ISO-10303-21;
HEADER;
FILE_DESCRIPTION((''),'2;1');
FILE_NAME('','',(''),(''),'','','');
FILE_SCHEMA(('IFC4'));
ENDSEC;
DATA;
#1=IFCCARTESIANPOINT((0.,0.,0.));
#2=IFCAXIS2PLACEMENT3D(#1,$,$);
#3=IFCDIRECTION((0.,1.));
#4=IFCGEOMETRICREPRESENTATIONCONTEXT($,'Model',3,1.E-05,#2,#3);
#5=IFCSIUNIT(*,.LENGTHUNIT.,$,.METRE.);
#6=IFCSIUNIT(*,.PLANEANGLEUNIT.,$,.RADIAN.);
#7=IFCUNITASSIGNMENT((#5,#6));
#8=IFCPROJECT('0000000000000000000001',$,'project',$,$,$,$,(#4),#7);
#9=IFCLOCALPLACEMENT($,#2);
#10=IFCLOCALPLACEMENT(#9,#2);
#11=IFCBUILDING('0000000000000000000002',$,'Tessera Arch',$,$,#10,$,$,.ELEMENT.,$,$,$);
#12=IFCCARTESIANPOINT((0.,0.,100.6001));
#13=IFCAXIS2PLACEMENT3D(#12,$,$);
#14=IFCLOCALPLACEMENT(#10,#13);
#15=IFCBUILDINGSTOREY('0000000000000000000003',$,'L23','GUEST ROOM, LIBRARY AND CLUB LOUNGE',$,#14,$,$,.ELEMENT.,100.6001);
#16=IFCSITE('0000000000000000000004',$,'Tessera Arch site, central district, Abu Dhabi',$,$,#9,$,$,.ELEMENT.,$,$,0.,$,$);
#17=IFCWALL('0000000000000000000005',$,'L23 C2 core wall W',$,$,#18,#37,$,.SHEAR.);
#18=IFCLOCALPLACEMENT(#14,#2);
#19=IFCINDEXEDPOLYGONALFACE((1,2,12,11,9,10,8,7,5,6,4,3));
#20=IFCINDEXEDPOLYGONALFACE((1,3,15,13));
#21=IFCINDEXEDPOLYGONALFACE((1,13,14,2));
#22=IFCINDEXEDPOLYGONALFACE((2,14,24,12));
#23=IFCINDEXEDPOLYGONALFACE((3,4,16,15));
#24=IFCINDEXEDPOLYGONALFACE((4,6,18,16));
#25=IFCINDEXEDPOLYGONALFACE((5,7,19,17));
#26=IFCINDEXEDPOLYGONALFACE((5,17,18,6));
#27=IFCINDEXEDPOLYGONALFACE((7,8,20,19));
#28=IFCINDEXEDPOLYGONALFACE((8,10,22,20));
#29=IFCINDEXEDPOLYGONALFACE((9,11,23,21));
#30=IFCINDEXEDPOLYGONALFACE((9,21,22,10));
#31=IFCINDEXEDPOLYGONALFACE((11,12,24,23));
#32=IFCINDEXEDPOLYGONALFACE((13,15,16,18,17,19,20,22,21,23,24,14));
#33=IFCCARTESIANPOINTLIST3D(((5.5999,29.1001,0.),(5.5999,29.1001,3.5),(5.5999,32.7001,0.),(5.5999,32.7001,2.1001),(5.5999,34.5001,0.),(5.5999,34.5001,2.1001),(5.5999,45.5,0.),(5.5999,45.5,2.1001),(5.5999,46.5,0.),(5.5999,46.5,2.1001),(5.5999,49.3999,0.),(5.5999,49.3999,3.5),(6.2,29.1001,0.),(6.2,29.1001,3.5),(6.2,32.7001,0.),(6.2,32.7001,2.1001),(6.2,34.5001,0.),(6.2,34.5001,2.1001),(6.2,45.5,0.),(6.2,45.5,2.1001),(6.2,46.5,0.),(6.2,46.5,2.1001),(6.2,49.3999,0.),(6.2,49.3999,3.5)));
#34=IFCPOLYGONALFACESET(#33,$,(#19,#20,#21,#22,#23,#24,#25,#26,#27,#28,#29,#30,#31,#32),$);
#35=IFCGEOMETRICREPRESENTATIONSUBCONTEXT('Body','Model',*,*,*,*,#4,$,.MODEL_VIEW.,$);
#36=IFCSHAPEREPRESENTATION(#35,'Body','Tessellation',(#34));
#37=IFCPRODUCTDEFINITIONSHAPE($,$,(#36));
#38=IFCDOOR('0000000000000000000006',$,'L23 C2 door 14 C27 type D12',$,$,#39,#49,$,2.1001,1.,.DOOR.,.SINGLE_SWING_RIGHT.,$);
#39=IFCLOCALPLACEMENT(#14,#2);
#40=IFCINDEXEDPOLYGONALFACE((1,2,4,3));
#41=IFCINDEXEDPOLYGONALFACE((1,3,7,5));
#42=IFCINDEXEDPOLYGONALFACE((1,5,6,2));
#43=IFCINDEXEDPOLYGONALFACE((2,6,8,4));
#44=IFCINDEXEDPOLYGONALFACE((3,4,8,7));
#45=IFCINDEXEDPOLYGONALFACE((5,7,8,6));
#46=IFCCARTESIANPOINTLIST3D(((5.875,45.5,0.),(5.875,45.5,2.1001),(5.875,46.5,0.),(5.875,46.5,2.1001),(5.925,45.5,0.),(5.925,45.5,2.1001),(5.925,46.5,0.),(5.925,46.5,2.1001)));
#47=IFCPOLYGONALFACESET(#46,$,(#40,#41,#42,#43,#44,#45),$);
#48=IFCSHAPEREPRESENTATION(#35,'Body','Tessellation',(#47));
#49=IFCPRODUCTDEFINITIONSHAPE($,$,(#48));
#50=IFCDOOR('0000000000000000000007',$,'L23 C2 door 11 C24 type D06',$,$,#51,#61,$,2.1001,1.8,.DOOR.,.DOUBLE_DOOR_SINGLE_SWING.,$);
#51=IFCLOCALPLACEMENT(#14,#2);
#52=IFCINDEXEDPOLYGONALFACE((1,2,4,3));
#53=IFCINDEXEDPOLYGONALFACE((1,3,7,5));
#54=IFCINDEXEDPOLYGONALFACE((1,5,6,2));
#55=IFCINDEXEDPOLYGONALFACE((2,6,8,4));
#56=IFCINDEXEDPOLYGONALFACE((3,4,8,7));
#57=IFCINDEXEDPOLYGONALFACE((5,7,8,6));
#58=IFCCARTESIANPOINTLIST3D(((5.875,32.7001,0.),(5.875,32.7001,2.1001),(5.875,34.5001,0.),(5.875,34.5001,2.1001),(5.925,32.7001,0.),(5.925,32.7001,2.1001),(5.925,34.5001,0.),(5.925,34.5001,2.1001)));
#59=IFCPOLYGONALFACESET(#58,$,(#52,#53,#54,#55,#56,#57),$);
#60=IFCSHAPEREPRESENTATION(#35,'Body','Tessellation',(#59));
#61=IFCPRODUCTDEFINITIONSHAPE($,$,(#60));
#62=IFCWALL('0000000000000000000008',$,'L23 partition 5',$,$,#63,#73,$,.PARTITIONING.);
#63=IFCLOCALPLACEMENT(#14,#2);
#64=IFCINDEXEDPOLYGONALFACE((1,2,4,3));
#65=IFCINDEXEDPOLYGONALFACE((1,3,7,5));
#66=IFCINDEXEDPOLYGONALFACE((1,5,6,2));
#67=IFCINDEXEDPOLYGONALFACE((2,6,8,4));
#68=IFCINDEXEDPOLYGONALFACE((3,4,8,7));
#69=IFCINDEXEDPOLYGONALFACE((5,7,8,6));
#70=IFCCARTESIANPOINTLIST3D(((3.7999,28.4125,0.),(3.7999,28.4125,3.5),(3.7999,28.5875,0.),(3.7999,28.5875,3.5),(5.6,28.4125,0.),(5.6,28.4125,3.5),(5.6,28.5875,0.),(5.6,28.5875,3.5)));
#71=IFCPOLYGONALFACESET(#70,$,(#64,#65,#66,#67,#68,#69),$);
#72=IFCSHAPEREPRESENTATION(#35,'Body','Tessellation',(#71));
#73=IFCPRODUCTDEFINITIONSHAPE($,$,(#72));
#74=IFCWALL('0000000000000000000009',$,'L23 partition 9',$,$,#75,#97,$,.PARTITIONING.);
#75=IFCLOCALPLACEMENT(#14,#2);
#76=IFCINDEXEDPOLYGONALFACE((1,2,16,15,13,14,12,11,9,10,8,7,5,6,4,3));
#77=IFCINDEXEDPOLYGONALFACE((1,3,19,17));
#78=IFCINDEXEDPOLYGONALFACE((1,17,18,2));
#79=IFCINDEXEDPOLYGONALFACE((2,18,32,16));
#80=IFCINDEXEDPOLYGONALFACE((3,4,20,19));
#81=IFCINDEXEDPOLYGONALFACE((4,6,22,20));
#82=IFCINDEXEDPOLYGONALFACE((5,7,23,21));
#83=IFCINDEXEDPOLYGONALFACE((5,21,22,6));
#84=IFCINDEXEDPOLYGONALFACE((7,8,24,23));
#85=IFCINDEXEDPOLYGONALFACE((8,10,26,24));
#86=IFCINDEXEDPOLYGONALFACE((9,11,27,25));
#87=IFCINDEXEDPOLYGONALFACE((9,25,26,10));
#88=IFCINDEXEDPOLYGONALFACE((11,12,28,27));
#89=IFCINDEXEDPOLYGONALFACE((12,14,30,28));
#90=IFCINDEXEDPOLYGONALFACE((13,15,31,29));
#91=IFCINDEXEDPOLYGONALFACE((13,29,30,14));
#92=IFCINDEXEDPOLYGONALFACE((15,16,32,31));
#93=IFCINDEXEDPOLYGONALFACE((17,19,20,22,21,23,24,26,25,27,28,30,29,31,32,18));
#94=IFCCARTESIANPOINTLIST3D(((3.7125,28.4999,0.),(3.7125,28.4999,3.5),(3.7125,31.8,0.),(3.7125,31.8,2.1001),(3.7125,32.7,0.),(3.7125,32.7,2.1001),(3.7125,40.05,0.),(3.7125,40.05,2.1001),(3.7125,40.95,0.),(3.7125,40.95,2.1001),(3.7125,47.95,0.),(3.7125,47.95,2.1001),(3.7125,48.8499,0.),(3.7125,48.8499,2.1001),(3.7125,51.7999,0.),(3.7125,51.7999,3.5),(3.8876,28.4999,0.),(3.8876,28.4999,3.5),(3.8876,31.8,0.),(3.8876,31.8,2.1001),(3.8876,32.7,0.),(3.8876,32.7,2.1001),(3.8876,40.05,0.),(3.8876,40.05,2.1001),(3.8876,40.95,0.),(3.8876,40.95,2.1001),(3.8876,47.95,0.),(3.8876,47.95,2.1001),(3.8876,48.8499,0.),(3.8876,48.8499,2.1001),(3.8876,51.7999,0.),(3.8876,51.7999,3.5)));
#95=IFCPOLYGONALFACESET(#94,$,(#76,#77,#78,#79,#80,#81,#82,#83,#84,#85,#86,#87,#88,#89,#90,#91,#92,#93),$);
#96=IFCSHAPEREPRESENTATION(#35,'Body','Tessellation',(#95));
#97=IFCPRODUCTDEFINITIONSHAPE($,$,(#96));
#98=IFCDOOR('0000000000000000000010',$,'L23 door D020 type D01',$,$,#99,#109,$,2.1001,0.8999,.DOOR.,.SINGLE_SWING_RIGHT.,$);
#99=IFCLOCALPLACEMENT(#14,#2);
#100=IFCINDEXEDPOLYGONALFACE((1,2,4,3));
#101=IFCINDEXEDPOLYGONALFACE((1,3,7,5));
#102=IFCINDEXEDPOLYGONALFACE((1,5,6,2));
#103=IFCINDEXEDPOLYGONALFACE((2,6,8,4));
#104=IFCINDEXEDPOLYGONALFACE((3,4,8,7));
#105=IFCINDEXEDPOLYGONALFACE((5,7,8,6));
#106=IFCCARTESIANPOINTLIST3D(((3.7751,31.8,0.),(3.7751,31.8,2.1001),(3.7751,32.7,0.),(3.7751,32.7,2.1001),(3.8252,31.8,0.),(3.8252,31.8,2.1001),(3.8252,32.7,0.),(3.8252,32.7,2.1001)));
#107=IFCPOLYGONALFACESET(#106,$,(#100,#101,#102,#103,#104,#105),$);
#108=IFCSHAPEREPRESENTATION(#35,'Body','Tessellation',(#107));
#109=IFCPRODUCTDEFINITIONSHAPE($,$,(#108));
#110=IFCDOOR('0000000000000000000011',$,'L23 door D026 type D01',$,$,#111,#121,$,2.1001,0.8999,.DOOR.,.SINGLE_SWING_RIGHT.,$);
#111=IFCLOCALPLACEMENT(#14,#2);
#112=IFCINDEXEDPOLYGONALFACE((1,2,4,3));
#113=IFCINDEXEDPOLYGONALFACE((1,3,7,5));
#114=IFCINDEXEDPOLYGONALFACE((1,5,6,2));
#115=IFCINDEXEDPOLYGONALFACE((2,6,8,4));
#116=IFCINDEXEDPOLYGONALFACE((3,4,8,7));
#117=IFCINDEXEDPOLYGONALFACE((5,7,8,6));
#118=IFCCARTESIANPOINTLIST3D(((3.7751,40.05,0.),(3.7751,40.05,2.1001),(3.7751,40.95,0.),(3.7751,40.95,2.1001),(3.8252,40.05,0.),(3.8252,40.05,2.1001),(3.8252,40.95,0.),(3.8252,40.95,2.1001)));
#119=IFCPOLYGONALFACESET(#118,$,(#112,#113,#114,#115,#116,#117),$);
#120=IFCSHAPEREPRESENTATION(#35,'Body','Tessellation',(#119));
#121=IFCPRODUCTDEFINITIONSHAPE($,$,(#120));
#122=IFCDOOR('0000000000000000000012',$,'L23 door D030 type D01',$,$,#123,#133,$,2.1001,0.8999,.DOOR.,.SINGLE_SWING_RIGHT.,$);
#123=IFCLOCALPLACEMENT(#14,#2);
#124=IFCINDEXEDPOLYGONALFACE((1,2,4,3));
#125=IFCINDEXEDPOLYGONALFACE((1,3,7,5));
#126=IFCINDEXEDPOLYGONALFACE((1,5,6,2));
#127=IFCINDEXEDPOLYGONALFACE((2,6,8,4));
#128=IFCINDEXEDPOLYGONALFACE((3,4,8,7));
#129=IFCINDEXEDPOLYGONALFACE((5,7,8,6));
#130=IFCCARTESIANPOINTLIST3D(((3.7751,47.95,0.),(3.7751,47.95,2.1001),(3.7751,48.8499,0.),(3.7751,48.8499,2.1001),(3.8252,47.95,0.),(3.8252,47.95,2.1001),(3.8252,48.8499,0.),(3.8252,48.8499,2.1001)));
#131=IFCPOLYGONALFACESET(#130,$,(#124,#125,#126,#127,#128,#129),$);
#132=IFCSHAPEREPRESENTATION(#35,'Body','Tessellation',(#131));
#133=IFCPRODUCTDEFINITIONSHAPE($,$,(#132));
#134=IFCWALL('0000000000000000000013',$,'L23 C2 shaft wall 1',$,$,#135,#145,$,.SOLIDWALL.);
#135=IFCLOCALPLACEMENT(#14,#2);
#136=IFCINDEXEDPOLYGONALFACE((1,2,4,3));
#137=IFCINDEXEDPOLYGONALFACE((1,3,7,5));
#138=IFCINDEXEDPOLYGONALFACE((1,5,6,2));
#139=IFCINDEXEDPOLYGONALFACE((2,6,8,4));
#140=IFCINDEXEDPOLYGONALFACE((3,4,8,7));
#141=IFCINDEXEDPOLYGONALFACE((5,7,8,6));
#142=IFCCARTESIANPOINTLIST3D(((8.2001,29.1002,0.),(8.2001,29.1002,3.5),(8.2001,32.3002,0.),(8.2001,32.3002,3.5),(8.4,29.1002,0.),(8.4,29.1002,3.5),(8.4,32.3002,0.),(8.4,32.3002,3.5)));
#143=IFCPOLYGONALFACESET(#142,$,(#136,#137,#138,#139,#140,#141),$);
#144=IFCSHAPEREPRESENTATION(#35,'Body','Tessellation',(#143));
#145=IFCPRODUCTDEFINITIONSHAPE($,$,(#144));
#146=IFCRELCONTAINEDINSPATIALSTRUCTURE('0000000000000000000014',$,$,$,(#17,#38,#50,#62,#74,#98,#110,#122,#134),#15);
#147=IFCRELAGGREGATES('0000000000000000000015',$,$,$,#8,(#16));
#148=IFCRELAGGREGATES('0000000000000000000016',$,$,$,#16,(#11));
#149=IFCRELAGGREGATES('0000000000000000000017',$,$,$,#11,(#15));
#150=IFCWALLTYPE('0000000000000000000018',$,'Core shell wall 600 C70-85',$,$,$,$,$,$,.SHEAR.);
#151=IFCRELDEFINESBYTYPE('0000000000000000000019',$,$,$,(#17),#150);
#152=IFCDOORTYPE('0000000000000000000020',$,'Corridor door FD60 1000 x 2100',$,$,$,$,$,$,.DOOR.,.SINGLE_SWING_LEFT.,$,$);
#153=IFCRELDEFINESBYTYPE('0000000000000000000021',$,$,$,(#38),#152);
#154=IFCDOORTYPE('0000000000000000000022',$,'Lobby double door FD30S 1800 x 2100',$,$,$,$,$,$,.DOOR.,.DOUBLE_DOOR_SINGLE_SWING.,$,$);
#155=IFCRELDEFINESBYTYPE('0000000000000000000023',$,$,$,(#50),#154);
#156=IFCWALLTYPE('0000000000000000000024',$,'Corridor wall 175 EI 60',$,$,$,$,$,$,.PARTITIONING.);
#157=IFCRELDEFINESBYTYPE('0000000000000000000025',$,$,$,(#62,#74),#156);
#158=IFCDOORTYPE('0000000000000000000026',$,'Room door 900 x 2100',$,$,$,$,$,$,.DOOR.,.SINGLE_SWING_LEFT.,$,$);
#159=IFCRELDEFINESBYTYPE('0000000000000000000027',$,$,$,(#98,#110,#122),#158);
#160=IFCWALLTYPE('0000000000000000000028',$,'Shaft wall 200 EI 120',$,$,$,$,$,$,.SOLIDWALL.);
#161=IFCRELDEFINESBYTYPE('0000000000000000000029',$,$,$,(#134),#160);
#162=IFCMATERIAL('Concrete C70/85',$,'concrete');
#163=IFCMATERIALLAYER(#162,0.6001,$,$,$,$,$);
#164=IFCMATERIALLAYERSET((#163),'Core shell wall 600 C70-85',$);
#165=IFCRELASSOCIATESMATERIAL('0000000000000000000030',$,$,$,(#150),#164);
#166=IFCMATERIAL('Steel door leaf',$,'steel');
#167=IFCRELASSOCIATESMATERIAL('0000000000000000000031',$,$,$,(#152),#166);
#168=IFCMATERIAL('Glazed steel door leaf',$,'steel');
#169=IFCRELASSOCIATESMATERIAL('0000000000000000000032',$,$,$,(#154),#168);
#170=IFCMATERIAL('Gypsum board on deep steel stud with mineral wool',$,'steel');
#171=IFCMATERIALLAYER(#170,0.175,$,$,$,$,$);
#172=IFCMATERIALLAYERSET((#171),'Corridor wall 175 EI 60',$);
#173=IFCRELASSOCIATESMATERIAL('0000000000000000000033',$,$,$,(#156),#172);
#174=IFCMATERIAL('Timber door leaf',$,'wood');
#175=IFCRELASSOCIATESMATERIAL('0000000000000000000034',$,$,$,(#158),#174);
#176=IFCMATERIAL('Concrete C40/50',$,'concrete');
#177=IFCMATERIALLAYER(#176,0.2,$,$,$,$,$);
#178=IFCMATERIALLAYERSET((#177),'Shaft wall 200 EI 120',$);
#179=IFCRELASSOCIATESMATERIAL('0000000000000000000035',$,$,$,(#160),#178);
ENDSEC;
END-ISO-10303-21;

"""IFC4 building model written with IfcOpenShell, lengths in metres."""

from ifc_helpers import new_model, si_unit, direction, frame, frame_2d, origin, place, context, subcontext, project, spatial, rectangle, extrude, material, layer, layer_set, type_object, element, fill, save


model = new_model("IFC4")

# Units and contexts
model_context = context("Model", 3, precision=1e-05, world=origin(), true_north=direction((0.0, 1.0)))
body_context = subcontext(model_context, "Body", "Model", "MODEL_VIEW")
ifc_project = project(units=[si_unit("LENGTHUNIT", "METRE"), si_unit("PLANEANGLEUNIT", "RADIAN")], contexts=[model_context])

# Site, building, storey
site_placement = place(None, origin())
site = spatial("IfcSite", under=ifc_project, at=site_placement, Name="Tessera Arch site, central district, Abu Dhabi", CompositionType="ELEMENT", RefElevation=0.0)
building_placement = place(site_placement, origin())
building = spatial("IfcBuilding", under=site, at=building_placement, Name="Tessera Arch", CompositionType="ELEMENT")
storey_placement = place(building_placement, frame((0.0, 0.0, 100.6001)))
storey = spatial("IfcBuildingStorey", under=building, at=storey_placement, Name="L23", Description="GUEST ROOM, LIBRARY AND CLUB LOUNGE", CompositionType="ELEMENT", Elevation=100.6001)

# Wall, openings, doors
ifc_material_1 = material(Name="Concrete C70/85", Category="concrete")
ifc_layer_1 = layer(ifc_material_1, 0.6001)
ifc_layer_set_1 = layer_set([ifc_layer_1], Name="Core shell wall 600 C70-85")
wall_type_1 = type_object("IfcWallType", Name="Core shell wall 600 C70-85", PredefinedType="SHEAR", material=ifc_layer_set_1)
wall_1_placement = place(storey_placement, frame((5.8999, 29.1001, 0.0), z_axis=(0.0, 0.0, 1.0), x_axis=(0.0, 1.0, 0.0)))
wall_1 = element("IfcWall", 1, at=wall_1_placement, inside=storey, type_object=wall_type_1, Name="L23 C2 core wall W", PredefinedType="SHEAR", context=body_context, shape_type="SweptSolid", body=[
    extrude(rectangle(XDim=20.2998, YDim=0.6001, at=frame_2d((10.1499, 0.0))), origin(), (0.0, 0.0, 1.0), 3.5),
])
opening_1_placement = place(wall_1_placement, frame((3.6001, 0.0, 0.0)))
opening_1 = element("IfcOpeningElement", 2, at=opening_1_placement, cuts=wall_1, PredefinedType="OPENING", context=body_context, shape_type="SweptSolid", body=[
    extrude(rectangle(XDim=1.8, YDim=2.1001, at=frame_2d((0.8999, 1.05))), frame((0.0, 0.3101, 0.0), z_axis=(0.0, -1.0, 0.0), x_axis=(1.0, 0.0, 0.0)), (0.0, 0.0, 1.0), 0.6201),
])
opening_2_placement = place(wall_1_placement, frame((16.3999, 0.0, 0.0)))
opening_2 = element("IfcOpeningElement", 3, at=opening_2_placement, cuts=wall_1, PredefinedType="OPENING", context=body_context, shape_type="SweptSolid", body=[
    extrude(rectangle(XDim=1.0, YDim=2.1001, at=frame_2d((0.5, 1.05))), frame((0.0, 0.3101, 0.0), z_axis=(0.0, -1.0, 0.0), x_axis=(1.0, 0.0, 0.0)), (0.0, 0.0, 1.0), 0.6201),
])
ifc_material_2 = material(Name="Steel door leaf", Category="steel")
door_type_1 = type_object("IfcDoorType", Name="Corridor door FD60 1000 x 2100", OperationType="SINGLE_SWING_LEFT", PredefinedType="DOOR", material=ifc_material_2)
door_1_placement = place(opening_2_placement, origin())
door_1 = element("IfcDoor", 4, at=door_1_placement, inside=storey, type_object=door_type_1, Name="L23 C2 door 14 C27 type D12", OperationType="SINGLE_SWING_RIGHT", OverallHeight=2.1001, OverallWidth=1.0, PredefinedType="DOOR", context=body_context, shape_type="SweptSolid", body=[
    extrude(rectangle(XDim=1.0, YDim=2.1001, at=frame_2d((0.5, 1.05))), frame((0.0, 0.0249, 0.0), z_axis=(0.0, -1.0, 0.0), x_axis=(1.0, 0.0, 0.0)), (0.0, 0.0, 1.0), 0.05),
])
fill(opening_2, door_1)
ifc_material_3 = material(Name="Glazed steel door leaf", Category="steel")
door_type_2 = type_object("IfcDoorType", Name="Lobby double door FD30S 1800 x 2100", OperationType="DOUBLE_DOOR_SINGLE_SWING", PredefinedType="DOOR", material=ifc_material_3)
door_2_placement = place(opening_1_placement, origin())
door_2 = element("IfcDoor", 5, at=door_2_placement, inside=storey, type_object=door_type_2, Name="L23 C2 door 11 C24 type D06", OperationType="DOUBLE_DOOR_SINGLE_SWING", OverallHeight=2.1001, OverallWidth=1.8, PredefinedType="DOOR", context=body_context, shape_type="SweptSolid", body=[
    extrude(rectangle(XDim=1.8, YDim=2.1001, at=frame_2d((0.8999, 1.05))), frame((0.0, 0.0249, 0.0), z_axis=(0.0, -1.0, 0.0), x_axis=(1.0, 0.0, 0.0)), (0.0, 0.0, 1.0), 0.05),
])
fill(opening_1, door_2)

# Wall
ifc_material_4 = material(Name="Gypsum board on deep steel stud with mineral wool", Category="steel")
ifc_layer_2 = layer(ifc_material_4, 0.175)
ifc_layer_set_2 = layer_set([ifc_layer_2], Name="Corridor wall 175 EI 60")
wall_type_2 = type_object("IfcWallType", Name="Corridor wall 175 EI 60", PredefinedType="PARTITIONING", material=ifc_layer_set_2)
wall_2_placement = place(storey_placement, frame((3.8, 28.5, 0.0), z_axis=(0.0, 0.0, 1.0), x_axis=(1.0, 0.0, 0.0)))
element("IfcWall", 6, at=wall_2_placement, inside=storey, type_object=wall_type_2, Name="L23 partition 5", PredefinedType="PARTITIONING", context=body_context, shape_type="SweptSolid", body=[
    extrude(rectangle(XDim=1.8, YDim=0.175, at=frame_2d((0.8999, 0.0))), origin(), (0.0, 0.0, 1.0), 3.5),
])

# Wall, openings, doors
wall_3_placement = place(storey_placement, frame((3.8, 28.5, 0.0), z_axis=(0.0, 0.0, 1.0), x_axis=(0.0, 1.0, 0.0)))
wall_3 = element("IfcWall", 7, at=wall_3_placement, inside=storey, type_object=wall_type_2, Name="L23 partition 9", PredefinedType="PARTITIONING", context=body_context, shape_type="SweptSolid", body=[
    extrude(rectangle(XDim=23.3, YDim=0.175, at=frame_2d((11.6499, 0.0))), origin(), (0.0, 0.0, 1.0), 3.5),
])
opening_3_placement = place(wall_3_placement, frame((3.3, 0.0, 0.0)))
opening_3 = element("IfcOpeningElement", 8, at=opening_3_placement, cuts=wall_3, PredefinedType="OPENING", context=body_context, shape_type="SweptSolid", body=[
    extrude(rectangle(XDim=0.8999, YDim=2.1001, at=frame_2d((0.45, 1.05))), frame((0.0, 0.0974, 0.0), z_axis=(0.0, -1.0, 0.0), x_axis=(1.0, 0.0, 0.0)), (0.0, 0.0, 1.0), 0.1951),
])
opening_4_placement = place(wall_3_placement, frame((11.55, 0.0, 0.0)))
opening_4 = element("IfcOpeningElement", 9, at=opening_4_placement, cuts=wall_3, PredefinedType="OPENING", context=body_context, shape_type="SweptSolid", body=[
    extrude(rectangle(XDim=0.8999, YDim=2.1001, at=frame_2d((0.45, 1.05))), frame((0.0, 0.0974, 0.0), z_axis=(0.0, -1.0, 0.0), x_axis=(1.0, 0.0, 0.0)), (0.0, 0.0, 1.0), 0.1951),
])
opening_5_placement = place(wall_3_placement, frame((19.45, 0.0, 0.0)))
opening_5 = element("IfcOpeningElement", 10, at=opening_5_placement, cuts=wall_3, PredefinedType="OPENING", context=body_context, shape_type="SweptSolid", body=[
    extrude(rectangle(XDim=0.8999, YDim=2.1001, at=frame_2d((0.45, 1.05))), frame((0.0, 0.0974, 0.0), z_axis=(0.0, -1.0, 0.0), x_axis=(1.0, 0.0, 0.0)), (0.0, 0.0, 1.0), 0.1951),
])
ifc_material_5 = material(Name="Timber door leaf", Category="wood")
door_type_3 = type_object("IfcDoorType", Name="Room door 900 x 2100", OperationType="SINGLE_SWING_LEFT", PredefinedType="DOOR", material=ifc_material_5)
door_3_placement = place(opening_3_placement, origin())
door_3 = element("IfcDoor", 11, at=door_3_placement, inside=storey, type_object=door_type_3, Name="L23 door D020 type D01", OperationType="SINGLE_SWING_RIGHT", OverallHeight=2.1001, OverallWidth=0.8999, PredefinedType="DOOR", context=body_context, shape_type="SweptSolid", body=[
    extrude(rectangle(XDim=0.8999, YDim=2.1001, at=frame_2d((0.45, 1.05))), frame((0.0, 0.0249, 0.0), z_axis=(0.0, -1.0, 0.0), x_axis=(1.0, 0.0, 0.0)), (0.0, 0.0, 1.0), 0.05),
])
fill(opening_3, door_3)
door_4_placement = place(opening_4_placement, origin())
door_4 = element("IfcDoor", 12, at=door_4_placement, inside=storey, type_object=door_type_3, Name="L23 door D026 type D01", OperationType="SINGLE_SWING_RIGHT", OverallHeight=2.1001, OverallWidth=0.8999, PredefinedType="DOOR", context=body_context, shape_type="SweptSolid", body=[
    extrude(rectangle(XDim=0.8999, YDim=2.1001, at=frame_2d((0.45, 1.05))), frame((0.0, 0.0249, 0.0), z_axis=(0.0, -1.0, 0.0), x_axis=(1.0, 0.0, 0.0)), (0.0, 0.0, 1.0), 0.05),
])
fill(opening_4, door_4)
door_5_placement = place(opening_5_placement, origin())
door_5 = element("IfcDoor", 13, at=door_5_placement, inside=storey, type_object=door_type_3, Name="L23 door D030 type D01", OperationType="SINGLE_SWING_RIGHT", OverallHeight=2.1001, OverallWidth=0.8999, PredefinedType="DOOR", context=body_context, shape_type="SweptSolid", body=[
    extrude(rectangle(XDim=0.8999, YDim=2.1001, at=frame_2d((0.45, 1.05))), frame((0.0, 0.0249, 0.0), z_axis=(0.0, -1.0, 0.0), x_axis=(1.0, 0.0, 0.0)), (0.0, 0.0, 1.0), 0.05),
])
fill(opening_5, door_5)

# Wall
ifc_material_6 = material(Name="Concrete C40/50", Category="concrete")
ifc_layer_3 = layer(ifc_material_6, 0.2)
ifc_layer_set_3 = layer_set([ifc_layer_3], Name="Shaft wall 200 EI 120")
wall_type_3 = type_object("IfcWallType", Name="Shaft wall 200 EI 120", PredefinedType="SOLIDWALL", material=ifc_layer_set_3)
wall_4_placement = place(storey_placement, frame((8.3, 29.1001, 0.0), z_axis=(0.0, 0.0, 1.0), x_axis=(0.0, 1.0, 0.0)))
element("IfcWall", 14, at=wall_4_placement, inside=storey, type_object=wall_type_3, Name="L23 C2 shaft wall 1", PredefinedType="SOLIDWALL", context=body_context, shape_type="SweptSolid", body=[
    extrude(rectangle(XDim=3.2, YDim=0.2, at=frame_2d((1.6001, 0.0))), origin(), (0.0, 0.0, 1.0), 3.5),
])

save(model, "model.ifc")
